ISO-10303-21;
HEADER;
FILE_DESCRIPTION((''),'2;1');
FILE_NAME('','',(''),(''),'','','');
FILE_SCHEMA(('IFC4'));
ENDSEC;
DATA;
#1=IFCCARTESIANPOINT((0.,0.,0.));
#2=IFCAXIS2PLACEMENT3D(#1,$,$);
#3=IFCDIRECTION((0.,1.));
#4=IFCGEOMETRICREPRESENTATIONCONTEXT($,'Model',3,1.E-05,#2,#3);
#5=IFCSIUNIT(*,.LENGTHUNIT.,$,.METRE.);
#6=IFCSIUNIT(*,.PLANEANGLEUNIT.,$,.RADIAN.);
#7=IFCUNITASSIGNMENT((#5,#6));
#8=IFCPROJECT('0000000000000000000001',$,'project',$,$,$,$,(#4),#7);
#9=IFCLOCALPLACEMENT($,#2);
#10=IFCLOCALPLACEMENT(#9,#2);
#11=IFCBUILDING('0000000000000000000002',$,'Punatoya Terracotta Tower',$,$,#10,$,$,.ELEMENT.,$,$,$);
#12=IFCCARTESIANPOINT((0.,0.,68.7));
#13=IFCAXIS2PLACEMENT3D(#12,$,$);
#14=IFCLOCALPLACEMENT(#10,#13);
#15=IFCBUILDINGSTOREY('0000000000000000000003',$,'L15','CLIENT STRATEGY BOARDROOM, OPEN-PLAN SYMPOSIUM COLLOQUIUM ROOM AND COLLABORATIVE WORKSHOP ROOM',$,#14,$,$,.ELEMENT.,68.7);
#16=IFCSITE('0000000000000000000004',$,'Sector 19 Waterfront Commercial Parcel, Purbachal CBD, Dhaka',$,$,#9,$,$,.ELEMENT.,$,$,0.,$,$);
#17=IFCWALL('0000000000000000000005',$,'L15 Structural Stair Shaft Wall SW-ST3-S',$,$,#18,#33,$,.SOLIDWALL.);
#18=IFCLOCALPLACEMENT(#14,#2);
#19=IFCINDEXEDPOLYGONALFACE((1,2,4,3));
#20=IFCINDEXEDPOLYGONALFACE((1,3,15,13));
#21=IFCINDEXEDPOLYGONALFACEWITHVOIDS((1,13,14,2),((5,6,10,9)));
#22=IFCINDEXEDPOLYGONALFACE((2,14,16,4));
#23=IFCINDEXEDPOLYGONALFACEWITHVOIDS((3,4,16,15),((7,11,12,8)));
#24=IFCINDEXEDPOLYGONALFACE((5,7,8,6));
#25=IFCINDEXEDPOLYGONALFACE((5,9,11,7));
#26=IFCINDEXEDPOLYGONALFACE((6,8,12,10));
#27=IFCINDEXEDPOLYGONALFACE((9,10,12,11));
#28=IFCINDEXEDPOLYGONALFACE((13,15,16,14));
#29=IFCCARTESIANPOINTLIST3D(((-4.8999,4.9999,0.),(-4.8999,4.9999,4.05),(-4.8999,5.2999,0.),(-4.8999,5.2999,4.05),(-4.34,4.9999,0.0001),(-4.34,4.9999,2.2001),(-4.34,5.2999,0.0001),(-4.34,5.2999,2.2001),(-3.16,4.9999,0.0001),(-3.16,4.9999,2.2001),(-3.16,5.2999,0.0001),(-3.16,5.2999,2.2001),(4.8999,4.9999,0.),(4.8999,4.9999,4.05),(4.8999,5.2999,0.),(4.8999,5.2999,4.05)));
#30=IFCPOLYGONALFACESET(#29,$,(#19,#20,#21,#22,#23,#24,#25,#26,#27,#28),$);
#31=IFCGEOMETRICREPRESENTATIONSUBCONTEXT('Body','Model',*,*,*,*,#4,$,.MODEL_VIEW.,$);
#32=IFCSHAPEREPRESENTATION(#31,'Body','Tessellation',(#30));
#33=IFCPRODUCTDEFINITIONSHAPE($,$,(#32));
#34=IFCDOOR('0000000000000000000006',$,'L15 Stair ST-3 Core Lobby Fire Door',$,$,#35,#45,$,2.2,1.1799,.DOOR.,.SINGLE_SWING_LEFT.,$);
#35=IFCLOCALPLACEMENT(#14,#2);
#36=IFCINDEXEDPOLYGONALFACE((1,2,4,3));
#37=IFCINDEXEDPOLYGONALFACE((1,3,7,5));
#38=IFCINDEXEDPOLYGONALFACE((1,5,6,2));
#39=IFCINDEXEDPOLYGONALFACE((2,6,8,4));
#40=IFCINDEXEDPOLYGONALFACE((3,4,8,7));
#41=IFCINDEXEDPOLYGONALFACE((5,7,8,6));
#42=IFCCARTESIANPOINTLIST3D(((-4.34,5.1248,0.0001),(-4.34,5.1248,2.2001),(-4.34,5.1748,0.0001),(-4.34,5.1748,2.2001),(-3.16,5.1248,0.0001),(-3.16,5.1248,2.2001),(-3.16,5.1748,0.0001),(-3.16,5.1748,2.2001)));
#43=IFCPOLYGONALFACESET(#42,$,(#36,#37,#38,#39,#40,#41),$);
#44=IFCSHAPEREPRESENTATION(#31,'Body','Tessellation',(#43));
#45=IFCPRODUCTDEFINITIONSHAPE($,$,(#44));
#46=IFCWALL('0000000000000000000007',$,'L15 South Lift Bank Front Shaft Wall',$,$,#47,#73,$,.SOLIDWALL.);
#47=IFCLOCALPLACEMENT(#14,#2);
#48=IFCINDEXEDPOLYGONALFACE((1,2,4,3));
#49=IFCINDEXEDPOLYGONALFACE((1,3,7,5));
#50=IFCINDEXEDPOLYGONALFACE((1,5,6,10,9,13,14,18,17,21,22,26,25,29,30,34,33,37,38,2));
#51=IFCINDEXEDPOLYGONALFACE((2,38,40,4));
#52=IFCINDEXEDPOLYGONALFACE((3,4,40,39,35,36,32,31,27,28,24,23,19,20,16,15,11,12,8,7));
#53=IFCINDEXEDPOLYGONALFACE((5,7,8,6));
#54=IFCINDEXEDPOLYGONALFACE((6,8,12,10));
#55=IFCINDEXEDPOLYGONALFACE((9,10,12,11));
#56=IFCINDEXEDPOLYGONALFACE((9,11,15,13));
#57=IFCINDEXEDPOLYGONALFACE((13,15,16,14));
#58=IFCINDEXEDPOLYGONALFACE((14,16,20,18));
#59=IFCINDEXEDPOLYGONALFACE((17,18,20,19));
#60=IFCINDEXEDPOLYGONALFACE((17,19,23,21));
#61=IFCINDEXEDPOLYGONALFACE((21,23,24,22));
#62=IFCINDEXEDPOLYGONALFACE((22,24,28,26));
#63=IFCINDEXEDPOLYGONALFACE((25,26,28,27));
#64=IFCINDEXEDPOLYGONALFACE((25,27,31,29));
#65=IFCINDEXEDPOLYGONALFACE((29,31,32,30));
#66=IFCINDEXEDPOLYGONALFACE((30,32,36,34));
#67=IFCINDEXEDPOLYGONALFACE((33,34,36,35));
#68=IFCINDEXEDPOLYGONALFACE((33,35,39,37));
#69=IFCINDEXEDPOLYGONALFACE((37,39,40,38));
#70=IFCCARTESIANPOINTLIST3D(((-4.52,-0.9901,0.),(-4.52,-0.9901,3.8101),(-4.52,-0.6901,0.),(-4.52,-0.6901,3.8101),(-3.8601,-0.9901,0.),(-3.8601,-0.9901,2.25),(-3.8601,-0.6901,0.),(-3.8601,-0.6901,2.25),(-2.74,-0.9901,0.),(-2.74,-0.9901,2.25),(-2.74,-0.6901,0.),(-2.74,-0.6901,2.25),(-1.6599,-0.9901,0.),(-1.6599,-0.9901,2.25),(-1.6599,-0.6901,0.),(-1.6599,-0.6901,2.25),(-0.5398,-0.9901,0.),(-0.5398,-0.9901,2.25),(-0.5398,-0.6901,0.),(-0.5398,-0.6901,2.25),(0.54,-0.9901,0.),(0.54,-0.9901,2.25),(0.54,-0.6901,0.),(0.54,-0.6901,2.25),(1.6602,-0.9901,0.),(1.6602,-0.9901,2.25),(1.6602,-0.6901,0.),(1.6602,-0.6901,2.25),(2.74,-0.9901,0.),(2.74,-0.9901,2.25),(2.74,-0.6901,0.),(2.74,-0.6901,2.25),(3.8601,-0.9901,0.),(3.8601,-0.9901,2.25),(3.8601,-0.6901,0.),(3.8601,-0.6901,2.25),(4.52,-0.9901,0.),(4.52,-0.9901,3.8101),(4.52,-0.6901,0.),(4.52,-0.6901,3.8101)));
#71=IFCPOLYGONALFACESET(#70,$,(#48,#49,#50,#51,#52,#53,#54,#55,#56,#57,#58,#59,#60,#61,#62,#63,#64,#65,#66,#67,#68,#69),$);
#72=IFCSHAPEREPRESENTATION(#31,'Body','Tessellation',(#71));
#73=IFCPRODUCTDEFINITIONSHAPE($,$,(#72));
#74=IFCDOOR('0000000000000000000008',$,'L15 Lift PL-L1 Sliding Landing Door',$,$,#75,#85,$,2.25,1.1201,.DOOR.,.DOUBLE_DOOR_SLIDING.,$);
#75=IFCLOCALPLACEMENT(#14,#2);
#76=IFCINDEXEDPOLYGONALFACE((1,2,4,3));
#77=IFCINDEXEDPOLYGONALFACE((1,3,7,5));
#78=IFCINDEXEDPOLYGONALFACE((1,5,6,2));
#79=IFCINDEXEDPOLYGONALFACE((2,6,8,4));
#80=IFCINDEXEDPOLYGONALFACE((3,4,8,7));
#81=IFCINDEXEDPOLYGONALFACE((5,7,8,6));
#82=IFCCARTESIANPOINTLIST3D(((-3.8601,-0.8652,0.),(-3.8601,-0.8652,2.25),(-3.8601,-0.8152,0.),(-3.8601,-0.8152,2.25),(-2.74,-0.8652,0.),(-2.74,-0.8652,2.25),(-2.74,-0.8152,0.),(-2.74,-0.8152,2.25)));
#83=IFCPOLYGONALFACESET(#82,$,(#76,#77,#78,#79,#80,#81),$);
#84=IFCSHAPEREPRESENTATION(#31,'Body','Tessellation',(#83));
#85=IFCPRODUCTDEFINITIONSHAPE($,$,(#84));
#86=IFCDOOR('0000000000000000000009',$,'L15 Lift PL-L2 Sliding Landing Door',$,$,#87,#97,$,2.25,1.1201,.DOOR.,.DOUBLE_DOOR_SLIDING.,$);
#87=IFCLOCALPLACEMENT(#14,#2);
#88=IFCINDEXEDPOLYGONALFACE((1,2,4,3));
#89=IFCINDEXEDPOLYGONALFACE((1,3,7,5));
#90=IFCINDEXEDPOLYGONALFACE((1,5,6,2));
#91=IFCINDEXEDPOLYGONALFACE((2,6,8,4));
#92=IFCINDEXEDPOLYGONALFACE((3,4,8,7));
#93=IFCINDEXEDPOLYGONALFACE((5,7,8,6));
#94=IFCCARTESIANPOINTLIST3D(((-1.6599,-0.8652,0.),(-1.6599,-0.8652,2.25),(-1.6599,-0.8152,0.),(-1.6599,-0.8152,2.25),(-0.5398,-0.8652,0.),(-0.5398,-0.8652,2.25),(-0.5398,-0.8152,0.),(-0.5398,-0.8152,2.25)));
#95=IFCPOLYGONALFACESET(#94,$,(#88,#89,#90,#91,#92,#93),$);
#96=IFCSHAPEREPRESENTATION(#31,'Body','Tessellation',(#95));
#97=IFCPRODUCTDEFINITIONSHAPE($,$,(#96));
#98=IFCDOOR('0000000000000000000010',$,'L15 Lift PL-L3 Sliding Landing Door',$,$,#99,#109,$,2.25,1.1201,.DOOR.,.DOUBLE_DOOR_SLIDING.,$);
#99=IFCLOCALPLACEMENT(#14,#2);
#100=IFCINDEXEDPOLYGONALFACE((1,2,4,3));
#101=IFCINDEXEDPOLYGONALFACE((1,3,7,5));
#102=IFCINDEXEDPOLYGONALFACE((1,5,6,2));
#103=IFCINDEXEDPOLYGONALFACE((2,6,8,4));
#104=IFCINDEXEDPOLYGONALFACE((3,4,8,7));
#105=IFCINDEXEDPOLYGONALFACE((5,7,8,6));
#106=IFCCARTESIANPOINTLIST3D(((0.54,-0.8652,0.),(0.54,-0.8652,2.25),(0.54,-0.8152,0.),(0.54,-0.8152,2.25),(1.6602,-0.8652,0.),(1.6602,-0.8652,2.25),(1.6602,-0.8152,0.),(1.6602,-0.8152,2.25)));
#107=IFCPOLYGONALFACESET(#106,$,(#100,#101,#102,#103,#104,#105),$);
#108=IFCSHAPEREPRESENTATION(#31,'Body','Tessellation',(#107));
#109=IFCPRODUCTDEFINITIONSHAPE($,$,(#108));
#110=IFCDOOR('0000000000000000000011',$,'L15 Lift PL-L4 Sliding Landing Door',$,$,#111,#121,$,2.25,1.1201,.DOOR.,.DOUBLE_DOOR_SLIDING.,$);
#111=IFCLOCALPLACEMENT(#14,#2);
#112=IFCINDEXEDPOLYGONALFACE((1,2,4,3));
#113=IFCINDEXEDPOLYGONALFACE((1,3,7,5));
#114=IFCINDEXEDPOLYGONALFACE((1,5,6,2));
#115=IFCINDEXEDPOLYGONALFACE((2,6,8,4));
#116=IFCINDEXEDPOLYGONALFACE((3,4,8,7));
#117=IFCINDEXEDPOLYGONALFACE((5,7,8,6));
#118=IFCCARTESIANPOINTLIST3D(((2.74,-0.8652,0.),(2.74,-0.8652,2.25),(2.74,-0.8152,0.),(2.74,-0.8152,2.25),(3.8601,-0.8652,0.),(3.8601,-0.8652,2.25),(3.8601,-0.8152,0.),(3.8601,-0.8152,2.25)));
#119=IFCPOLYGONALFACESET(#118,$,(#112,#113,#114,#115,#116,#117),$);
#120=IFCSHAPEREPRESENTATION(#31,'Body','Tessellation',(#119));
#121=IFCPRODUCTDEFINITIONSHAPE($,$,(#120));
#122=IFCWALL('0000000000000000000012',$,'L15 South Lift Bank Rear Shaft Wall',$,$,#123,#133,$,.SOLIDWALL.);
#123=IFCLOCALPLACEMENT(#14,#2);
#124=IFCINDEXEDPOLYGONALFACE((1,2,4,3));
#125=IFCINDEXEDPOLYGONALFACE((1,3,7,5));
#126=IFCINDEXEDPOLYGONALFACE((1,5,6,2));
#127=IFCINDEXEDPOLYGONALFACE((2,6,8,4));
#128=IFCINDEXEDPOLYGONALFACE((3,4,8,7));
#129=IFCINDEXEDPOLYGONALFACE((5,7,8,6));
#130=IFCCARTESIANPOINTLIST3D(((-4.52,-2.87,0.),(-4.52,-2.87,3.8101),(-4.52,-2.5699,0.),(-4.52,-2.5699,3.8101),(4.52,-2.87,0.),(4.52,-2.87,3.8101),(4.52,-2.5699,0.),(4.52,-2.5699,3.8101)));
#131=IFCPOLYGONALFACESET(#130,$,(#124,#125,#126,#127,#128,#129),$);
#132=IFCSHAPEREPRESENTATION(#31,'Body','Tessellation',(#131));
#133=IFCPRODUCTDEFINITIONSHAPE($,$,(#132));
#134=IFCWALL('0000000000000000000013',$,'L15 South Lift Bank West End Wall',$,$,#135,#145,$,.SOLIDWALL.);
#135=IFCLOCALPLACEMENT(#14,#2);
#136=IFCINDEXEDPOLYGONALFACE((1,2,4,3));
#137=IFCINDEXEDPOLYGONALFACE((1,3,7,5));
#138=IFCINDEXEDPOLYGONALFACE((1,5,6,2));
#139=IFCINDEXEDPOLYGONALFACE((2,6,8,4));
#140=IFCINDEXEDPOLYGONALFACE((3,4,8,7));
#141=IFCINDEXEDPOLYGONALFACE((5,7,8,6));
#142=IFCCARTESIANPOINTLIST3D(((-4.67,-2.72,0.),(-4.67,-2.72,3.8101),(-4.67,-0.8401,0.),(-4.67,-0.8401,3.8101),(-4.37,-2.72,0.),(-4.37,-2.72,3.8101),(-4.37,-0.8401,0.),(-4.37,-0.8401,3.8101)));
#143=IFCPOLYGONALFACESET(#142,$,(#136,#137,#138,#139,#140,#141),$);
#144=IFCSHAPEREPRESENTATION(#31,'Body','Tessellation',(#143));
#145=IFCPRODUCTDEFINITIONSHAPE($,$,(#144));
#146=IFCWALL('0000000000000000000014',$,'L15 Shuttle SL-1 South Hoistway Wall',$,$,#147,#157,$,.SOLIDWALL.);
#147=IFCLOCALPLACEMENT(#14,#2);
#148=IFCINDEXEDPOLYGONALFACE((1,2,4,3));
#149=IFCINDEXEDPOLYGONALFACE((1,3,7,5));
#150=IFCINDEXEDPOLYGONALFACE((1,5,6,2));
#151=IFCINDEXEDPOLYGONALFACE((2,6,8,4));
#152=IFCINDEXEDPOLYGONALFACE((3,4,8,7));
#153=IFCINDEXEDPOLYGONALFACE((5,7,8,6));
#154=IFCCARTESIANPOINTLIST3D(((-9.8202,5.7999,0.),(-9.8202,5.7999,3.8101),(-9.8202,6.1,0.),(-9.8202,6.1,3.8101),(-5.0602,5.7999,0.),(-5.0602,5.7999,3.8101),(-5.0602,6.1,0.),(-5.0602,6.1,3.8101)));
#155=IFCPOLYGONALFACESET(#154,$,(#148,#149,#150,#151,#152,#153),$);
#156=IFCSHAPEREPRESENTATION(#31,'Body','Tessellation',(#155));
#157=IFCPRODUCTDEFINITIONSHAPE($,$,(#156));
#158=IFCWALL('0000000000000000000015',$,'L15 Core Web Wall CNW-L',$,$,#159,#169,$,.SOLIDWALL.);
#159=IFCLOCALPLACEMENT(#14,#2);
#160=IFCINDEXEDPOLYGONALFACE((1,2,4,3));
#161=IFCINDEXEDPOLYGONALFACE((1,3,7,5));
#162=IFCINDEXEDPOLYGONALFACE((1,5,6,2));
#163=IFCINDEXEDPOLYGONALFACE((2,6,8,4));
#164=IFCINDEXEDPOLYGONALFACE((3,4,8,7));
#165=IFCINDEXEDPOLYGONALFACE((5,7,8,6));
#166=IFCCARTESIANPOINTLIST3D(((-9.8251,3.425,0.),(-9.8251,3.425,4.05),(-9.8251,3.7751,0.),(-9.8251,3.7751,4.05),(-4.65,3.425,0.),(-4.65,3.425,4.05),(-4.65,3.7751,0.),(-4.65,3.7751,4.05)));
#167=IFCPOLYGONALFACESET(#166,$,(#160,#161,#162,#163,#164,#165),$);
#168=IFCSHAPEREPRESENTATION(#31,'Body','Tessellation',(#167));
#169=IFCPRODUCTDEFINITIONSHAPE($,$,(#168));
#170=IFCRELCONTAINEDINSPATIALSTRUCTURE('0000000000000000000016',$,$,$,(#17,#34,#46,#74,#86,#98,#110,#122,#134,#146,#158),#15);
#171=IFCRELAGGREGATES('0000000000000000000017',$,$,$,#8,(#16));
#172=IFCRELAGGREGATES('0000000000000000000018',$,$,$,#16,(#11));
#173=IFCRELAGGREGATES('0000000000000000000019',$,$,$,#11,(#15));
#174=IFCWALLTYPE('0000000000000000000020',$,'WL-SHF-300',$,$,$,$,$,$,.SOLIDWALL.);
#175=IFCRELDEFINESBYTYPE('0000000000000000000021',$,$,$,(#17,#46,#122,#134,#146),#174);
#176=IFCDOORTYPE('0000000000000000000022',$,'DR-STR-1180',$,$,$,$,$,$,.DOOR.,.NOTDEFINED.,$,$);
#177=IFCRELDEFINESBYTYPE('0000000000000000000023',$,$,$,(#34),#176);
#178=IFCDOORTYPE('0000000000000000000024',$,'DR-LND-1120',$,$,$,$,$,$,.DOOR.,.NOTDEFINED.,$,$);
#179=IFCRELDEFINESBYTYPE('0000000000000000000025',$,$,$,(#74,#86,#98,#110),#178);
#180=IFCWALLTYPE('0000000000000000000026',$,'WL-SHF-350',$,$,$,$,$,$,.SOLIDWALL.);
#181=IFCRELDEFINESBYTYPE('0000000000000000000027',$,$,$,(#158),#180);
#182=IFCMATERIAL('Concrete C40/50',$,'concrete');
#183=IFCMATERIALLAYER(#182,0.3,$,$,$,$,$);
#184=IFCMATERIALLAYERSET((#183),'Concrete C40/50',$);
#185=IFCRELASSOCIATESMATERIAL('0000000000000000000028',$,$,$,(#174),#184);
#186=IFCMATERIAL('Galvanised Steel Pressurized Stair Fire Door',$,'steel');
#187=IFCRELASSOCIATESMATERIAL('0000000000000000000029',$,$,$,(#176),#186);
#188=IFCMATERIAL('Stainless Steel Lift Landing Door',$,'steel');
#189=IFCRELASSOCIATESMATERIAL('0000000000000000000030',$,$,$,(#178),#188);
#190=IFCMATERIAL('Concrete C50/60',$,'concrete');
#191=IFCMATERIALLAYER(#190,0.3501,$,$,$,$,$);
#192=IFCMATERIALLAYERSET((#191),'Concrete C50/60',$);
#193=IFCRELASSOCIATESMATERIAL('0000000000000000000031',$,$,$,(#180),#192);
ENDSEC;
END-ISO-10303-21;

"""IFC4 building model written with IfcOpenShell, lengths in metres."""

from ifc_helpers import new_model, si_unit, direction, frame, frame_2d, origin, place, context, subcontext, project, spatial, rectangle, extrude, material, layer, layer_set, type_object, element, fill, save


model = new_model("IFC4")

# Units and contexts
model_context = context("Model", 3, precision=1e-05, world=origin(), true_north=direction((0.0, 1.0)))
body_context = subcontext(model_context, "Body", "Model", "MODEL_VIEW")
ifc_project = project(units=[si_unit("LENGTHUNIT", "METRE"), si_unit("PLANEANGLEUNIT", "RADIAN")], contexts=[model_context])

# Site, building, storey
site_placement = place(None, origin())
site = spatial("IfcSite", under=ifc_project, at=site_placement, Name="Sector 19 Waterfront Commercial Parcel, Purbachal CBD, Dhaka", CompositionType="ELEMENT", RefElevation=0.0)
building_placement = place(site_placement, origin())
building = spatial("IfcBuilding", under=site, at=building_placement, Name="Punatoya Terracotta Tower", CompositionType="ELEMENT")
storey_placement = place(building_placement, frame((0.0, 0.0, 68.7)))
storey = spatial("IfcBuildingStorey", under=building, at=storey_placement, Name="L15", Description="CLIENT STRATEGY BOARDROOM, OPEN-PLAN SYMPOSIUM COLLOQUIUM ROOM AND COLLABORATIVE WORKSHOP ROOM", CompositionType="ELEMENT", Elevation=68.7)

# Shared definitions
ifc_material_1 = material(Name="Concrete C40/50", Category="concrete")

# Shared definitions
ifc_layer_1 = layer(ifc_material_1, 0.3)
ifc_layer_set_1 = layer_set([ifc_layer_1], Name="Concrete C40/50")
wall_type_1 = type_object("IfcWallType", Name="WL-SHF-300", PredefinedType="SOLIDWALL", material=ifc_layer_set_1)

# Wall, opening, door
wall_1_placement = place(storey_placement, frame((-4.8999, 5.1499, 0.0), z_axis=(0.0, 0.0, 1.0), x_axis=(1.0, 0.0, 0.0)))
wall_1 = element("IfcWall", 1, at=wall_1_placement, inside=storey, type_object=wall_type_1, Name="L15 Structural Stair Shaft Wall SW-ST3-S", PredefinedType="SOLIDWALL", context=body_context, shape_type="SweptSolid", body=[
    extrude(rectangle(XDim=9.7998, YDim=0.3, at=frame_2d((4.8999, 0.0))), origin(), (0.0, 0.0, 1.0), 4.05),
])
opening_1_placement = place(wall_1_placement, frame((0.5601, 0.0, 0.0)))
opening_1 = element("IfcOpeningElement", 2, at=opening_1_placement, cuts=wall_1, PredefinedType="OPENING", context=body_context, shape_type="SweptSolid", body=[
    extrude(rectangle(XDim=1.1799, YDim=2.2, at=frame_2d((0.5898, 1.1001))), frame((0.0, 0.1599, 0.0), z_axis=(0.0, -1.0, 0.0), x_axis=(1.0, 0.0, 0.0)), (0.0, 0.0, 1.0), 0.3201),
])
ifc_material_2 = material(Name="Galvanised Steel Pressurized Stair Fire Door", Category="steel")
door_type_1 = type_object("IfcDoorType", Name="DR-STR-1180", OperationType="NOTDEFINED", PredefinedType="DOOR", material=ifc_material_2)
door_1_placement = place(opening_1_placement, origin())
door_1 = element("IfcDoor", 3, at=door_1_placement, inside=storey, type_object=door_type_1, Name="L15 Stair ST-3 Core Lobby Fire Door", OperationType="SINGLE_SWING_LEFT", OverallHeight=2.2, OverallWidth=1.1799, PredefinedType="DOOR", context=body_context, shape_type="SweptSolid", body=[
    extrude(rectangle(XDim=1.1799, YDim=2.2, at=frame_2d((0.5898, 1.1001))), frame((0.0, 0.0249, 0.0), z_axis=(0.0, -1.0, 0.0), x_axis=(1.0, 0.0, 0.0)), (0.0, 0.0, 1.0), 0.05),
])
fill(opening_1, door_1)

# Wall, openings, doors
wall_2_placement = place(storey_placement, frame((-4.52, -0.8401, 0.0), z_axis=(0.0, 0.0, 1.0), x_axis=(1.0, 0.0, 0.0)))
wall_2 = element("IfcWall", 4, at=wall_2_placement, inside=storey, type_object=wall_type_1, Name="L15 South Lift Bank Front Shaft Wall", PredefinedType="SOLIDWALL", context=body_context, shape_type="SweptSolid", body=[
    extrude(rectangle(XDim=9.04, YDim=0.3, at=frame_2d((4.52, 0.0))), origin(), (0.0, 0.0, 1.0), 3.8101),
])
opening_2_placement = place(wall_2_placement, frame((0.6599, 0.0, 0.0)))
opening_2 = element("IfcOpeningElement", 5, at=opening_2_placement, cuts=wall_2, PredefinedType="OPENING", context=body_context, shape_type="SweptSolid", body=[
    extrude(rectangle(XDim=1.1201, YDim=2.25, at=frame_2d((0.5601, 1.125))), frame((0.0, 0.1599, 0.0), z_axis=(0.0, -1.0, 0.0), x_axis=(1.0, 0.0, 0.0)), (0.0, 0.0, 1.0), 0.3201),
])
opening_3_placement = place(wall_2_placement, frame((2.8601, 0.0, 0.0)))
opening_3 = element("IfcOpeningElement", 6, at=opening_3_placement, cuts=wall_2, PredefinedType="OPENING", context=body_context, shape_type="SweptSolid", body=[
    extrude(rectangle(XDim=1.1201, YDim=2.25, at=frame_2d((0.5601, 1.125))), frame((0.0, 0.1599, 0.0), z_axis=(0.0, -1.0, 0.0), x_axis=(1.0, 0.0, 0.0)), (0.0, 0.0, 1.0), 0.3201),
])
opening_4_placement = place(wall_2_placement, frame((5.0601, 0.0, 0.0)))
opening_4 = element("IfcOpeningElement", 7, at=opening_4_placement, cuts=wall_2, PredefinedType="OPENING", context=body_context, shape_type="SweptSolid", body=[
    extrude(rectangle(XDim=1.1201, YDim=2.25, at=frame_2d((0.5601, 1.125))), frame((0.0, 0.1599, 0.0), z_axis=(0.0, -1.0, 0.0), x_axis=(1.0, 0.0, 0.0)), (0.0, 0.0, 1.0), 0.3201),
])
opening_5_placement = place(wall_2_placement, frame((7.26, 0.0, 0.0)))
opening_5 = element("IfcOpeningElement", 8, at=opening_5_placement, cuts=wall_2, PredefinedType="OPENING", context=body_context, shape_type="SweptSolid", body=[
    extrude(rectangle(XDim=1.1201, YDim=2.25, at=frame_2d((0.5601, 1.125))), frame((0.0, 0.1599, 0.0), z_axis=(0.0, -1.0, 0.0), x_axis=(1.0, 0.0, 0.0)), (0.0, 0.0, 1.0), 0.3201),
])
ifc_material_3 = material(Name="Stainless Steel Lift Landing Door", Category="steel")
door_type_2 = type_object("IfcDoorType", Name="DR-LND-1120", OperationType="NOTDEFINED", PredefinedType="DOOR", material=ifc_material_3)
door_2_placement = place(opening_2_placement, origin())
door_2 = element("IfcDoor", 9, at=door_2_placement, inside=storey, type_object=door_type_2, Name="L15 Lift PL-L1 Sliding Landing Door", OperationType="DOUBLE_DOOR_SLIDING", OverallHeight=2.25, OverallWidth=1.1201, PredefinedType="DOOR", context=body_context, shape_type="SweptSolid", body=[
    extrude(rectangle(XDim=1.1201, YDim=2.25, at=frame_2d((0.5601, 1.125))), frame((0.0, 0.0249, 0.0), z_axis=(0.0, -1.0, 0.0), x_axis=(1.0, 0.0, 0.0)), (0.0, 0.0, 1.0), 0.05),
])
fill(opening_2, door_2)
door_3_placement = place(opening_3_placement, origin())
door_3 = element("IfcDoor", 10, at=door_3_placement, inside=storey, type_object=door_type_2, Name="L15 Lift PL-L2 Sliding Landing Door", OperationType="DOUBLE_DOOR_SLIDING", OverallHeight=2.25, OverallWidth=1.1201, PredefinedType="DOOR", context=body_context, shape_type="SweptSolid", body=[
    extrude(rectangle(XDim=1.1201, YDim=2.25, at=frame_2d((0.5601, 1.125))), frame((0.0, 0.0249, 0.0), z_axis=(0.0, -1.0, 0.0), x_axis=(1.0, 0.0, 0.0)), (0.0, 0.0, 1.0), 0.05),
])
fill(opening_3, door_3)
door_4_placement = place(opening_4_placement, origin())
door_4 = element("IfcDoor", 11, at=door_4_placement, inside=storey, type_object=door_type_2, Name="L15 Lift PL-L3 Sliding Landing Door", OperationType="DOUBLE_DOOR_SLIDING", OverallHeight=2.25, OverallWidth=1.1201, PredefinedType="DOOR", context=body_context, shape_type="SweptSolid", body=[
    extrude(rectangle(XDim=1.1201, YDim=2.25, at=frame_2d((0.5601, 1.125))), frame((0.0, 0.0249, 0.0), z_axis=(0.0, -1.0, 0.0), x_axis=(1.0, 0.0, 0.0)), (0.0, 0.0, 1.0), 0.05),
])
fill(opening_4, door_4)
door_5_placement = place(opening_5_placement, origin())
door_5 = element("IfcDoor", 12, at=door_5_placement, inside=storey, type_object=door_type_2, Name="L15 Lift PL-L4 Sliding Landing Door", OperationType="DOUBLE_DOOR_SLIDING", OverallHeight=2.25, OverallWidth=1.1201, PredefinedType="DOOR", context=body_context, shape_type="SweptSolid", body=[
    extrude(rectangle(XDim=1.1201, YDim=2.25, at=frame_2d((0.5601, 1.125))), frame((0.0, 0.0249, 0.0), z_axis=(0.0, -1.0, 0.0), x_axis=(1.0, 0.0, 0.0)), (0.0, 0.0, 1.0), 0.05),
])
fill(opening_5, door_5)

# Walls
wall_3_placement = place(storey_placement, frame((-4.52, -2.72, 0.0), z_axis=(0.0, 0.0, 1.0), x_axis=(1.0, 0.0, 0.0)))
element("IfcWall", 13, at=wall_3_placement, inside=storey, type_object=wall_type_1, Name="L15 South Lift Bank Rear Shaft Wall", PredefinedType="SOLIDWALL", context=body_context, shape_type="SweptSolid", body=[
    extrude(rectangle(XDim=9.04, YDim=0.3, at=frame_2d((4.52, 0.0))), origin(), (0.0, 0.0, 1.0), 3.8101),
])
wall_4_placement = place(storey_placement, frame((-4.52, -2.72, 0.0), z_axis=(0.0, 0.0, 1.0), x_axis=(0.0, 1.0, 0.0)))
element("IfcWall", 14, at=wall_4_placement, inside=storey, type_object=wall_type_1, Name="L15 South Lift Bank West End Wall", PredefinedType="SOLIDWALL", context=body_context, shape_type="SweptSolid", body=[
    extrude(rectangle(XDim=1.8799, YDim=0.3, at=frame_2d((0.9399, 0.0))), origin(), (0.0, 0.0, 1.0), 3.8101),
])
wall_5_placement = place(storey_placement, frame((-9.8201, 5.95, 0.0), z_axis=(0.0, 0.0, 1.0), x_axis=(1.0, 0.0, 0.0)))
element("IfcWall", 15, at=wall_5_placement, inside=storey, type_object=wall_type_1, Name="L15 Shuttle SL-1 South Hoistway Wall", PredefinedType="SOLIDWALL", context=body_context, shape_type="SweptSolid", body=[
    extrude(rectangle(XDim=4.76, YDim=0.3, at=frame_2d((2.3799, 0.0))), origin(), (0.0, 0.0, 1.0), 3.8101),
])
ifc_material_4 = material(Name="Concrete C50/60", Category="concrete")
ifc_layer_2 = layer(ifc_material_4, 0.3501)
ifc_layer_set_2 = layer_set([ifc_layer_2], Name="Concrete C50/60")
wall_type_2 = type_object("IfcWallType", Name="WL-SHF-350", PredefinedType="SOLIDWALL", material=ifc_layer_set_2)
wall_6_placement = place(storey_placement, frame((-9.825, 3.6001, 0.0), z_axis=(0.0, 0.0, 1.0), x_axis=(1.0, 0.0, 0.0)))
element("IfcWall", 16, at=wall_6_placement, inside=storey, type_object=wall_type_2, Name="L15 Core Web Wall CNW-L", PredefinedType="SOLIDWALL", context=body_context, shape_type="SweptSolid", body=[
    extrude(rectangle(XDim=5.175, YDim=0.3501, at=frame_2d((2.5874, 0.0))), origin(), (0.0, 0.0, 1.0), 4.05),
])

save(model, "model.ifc")
